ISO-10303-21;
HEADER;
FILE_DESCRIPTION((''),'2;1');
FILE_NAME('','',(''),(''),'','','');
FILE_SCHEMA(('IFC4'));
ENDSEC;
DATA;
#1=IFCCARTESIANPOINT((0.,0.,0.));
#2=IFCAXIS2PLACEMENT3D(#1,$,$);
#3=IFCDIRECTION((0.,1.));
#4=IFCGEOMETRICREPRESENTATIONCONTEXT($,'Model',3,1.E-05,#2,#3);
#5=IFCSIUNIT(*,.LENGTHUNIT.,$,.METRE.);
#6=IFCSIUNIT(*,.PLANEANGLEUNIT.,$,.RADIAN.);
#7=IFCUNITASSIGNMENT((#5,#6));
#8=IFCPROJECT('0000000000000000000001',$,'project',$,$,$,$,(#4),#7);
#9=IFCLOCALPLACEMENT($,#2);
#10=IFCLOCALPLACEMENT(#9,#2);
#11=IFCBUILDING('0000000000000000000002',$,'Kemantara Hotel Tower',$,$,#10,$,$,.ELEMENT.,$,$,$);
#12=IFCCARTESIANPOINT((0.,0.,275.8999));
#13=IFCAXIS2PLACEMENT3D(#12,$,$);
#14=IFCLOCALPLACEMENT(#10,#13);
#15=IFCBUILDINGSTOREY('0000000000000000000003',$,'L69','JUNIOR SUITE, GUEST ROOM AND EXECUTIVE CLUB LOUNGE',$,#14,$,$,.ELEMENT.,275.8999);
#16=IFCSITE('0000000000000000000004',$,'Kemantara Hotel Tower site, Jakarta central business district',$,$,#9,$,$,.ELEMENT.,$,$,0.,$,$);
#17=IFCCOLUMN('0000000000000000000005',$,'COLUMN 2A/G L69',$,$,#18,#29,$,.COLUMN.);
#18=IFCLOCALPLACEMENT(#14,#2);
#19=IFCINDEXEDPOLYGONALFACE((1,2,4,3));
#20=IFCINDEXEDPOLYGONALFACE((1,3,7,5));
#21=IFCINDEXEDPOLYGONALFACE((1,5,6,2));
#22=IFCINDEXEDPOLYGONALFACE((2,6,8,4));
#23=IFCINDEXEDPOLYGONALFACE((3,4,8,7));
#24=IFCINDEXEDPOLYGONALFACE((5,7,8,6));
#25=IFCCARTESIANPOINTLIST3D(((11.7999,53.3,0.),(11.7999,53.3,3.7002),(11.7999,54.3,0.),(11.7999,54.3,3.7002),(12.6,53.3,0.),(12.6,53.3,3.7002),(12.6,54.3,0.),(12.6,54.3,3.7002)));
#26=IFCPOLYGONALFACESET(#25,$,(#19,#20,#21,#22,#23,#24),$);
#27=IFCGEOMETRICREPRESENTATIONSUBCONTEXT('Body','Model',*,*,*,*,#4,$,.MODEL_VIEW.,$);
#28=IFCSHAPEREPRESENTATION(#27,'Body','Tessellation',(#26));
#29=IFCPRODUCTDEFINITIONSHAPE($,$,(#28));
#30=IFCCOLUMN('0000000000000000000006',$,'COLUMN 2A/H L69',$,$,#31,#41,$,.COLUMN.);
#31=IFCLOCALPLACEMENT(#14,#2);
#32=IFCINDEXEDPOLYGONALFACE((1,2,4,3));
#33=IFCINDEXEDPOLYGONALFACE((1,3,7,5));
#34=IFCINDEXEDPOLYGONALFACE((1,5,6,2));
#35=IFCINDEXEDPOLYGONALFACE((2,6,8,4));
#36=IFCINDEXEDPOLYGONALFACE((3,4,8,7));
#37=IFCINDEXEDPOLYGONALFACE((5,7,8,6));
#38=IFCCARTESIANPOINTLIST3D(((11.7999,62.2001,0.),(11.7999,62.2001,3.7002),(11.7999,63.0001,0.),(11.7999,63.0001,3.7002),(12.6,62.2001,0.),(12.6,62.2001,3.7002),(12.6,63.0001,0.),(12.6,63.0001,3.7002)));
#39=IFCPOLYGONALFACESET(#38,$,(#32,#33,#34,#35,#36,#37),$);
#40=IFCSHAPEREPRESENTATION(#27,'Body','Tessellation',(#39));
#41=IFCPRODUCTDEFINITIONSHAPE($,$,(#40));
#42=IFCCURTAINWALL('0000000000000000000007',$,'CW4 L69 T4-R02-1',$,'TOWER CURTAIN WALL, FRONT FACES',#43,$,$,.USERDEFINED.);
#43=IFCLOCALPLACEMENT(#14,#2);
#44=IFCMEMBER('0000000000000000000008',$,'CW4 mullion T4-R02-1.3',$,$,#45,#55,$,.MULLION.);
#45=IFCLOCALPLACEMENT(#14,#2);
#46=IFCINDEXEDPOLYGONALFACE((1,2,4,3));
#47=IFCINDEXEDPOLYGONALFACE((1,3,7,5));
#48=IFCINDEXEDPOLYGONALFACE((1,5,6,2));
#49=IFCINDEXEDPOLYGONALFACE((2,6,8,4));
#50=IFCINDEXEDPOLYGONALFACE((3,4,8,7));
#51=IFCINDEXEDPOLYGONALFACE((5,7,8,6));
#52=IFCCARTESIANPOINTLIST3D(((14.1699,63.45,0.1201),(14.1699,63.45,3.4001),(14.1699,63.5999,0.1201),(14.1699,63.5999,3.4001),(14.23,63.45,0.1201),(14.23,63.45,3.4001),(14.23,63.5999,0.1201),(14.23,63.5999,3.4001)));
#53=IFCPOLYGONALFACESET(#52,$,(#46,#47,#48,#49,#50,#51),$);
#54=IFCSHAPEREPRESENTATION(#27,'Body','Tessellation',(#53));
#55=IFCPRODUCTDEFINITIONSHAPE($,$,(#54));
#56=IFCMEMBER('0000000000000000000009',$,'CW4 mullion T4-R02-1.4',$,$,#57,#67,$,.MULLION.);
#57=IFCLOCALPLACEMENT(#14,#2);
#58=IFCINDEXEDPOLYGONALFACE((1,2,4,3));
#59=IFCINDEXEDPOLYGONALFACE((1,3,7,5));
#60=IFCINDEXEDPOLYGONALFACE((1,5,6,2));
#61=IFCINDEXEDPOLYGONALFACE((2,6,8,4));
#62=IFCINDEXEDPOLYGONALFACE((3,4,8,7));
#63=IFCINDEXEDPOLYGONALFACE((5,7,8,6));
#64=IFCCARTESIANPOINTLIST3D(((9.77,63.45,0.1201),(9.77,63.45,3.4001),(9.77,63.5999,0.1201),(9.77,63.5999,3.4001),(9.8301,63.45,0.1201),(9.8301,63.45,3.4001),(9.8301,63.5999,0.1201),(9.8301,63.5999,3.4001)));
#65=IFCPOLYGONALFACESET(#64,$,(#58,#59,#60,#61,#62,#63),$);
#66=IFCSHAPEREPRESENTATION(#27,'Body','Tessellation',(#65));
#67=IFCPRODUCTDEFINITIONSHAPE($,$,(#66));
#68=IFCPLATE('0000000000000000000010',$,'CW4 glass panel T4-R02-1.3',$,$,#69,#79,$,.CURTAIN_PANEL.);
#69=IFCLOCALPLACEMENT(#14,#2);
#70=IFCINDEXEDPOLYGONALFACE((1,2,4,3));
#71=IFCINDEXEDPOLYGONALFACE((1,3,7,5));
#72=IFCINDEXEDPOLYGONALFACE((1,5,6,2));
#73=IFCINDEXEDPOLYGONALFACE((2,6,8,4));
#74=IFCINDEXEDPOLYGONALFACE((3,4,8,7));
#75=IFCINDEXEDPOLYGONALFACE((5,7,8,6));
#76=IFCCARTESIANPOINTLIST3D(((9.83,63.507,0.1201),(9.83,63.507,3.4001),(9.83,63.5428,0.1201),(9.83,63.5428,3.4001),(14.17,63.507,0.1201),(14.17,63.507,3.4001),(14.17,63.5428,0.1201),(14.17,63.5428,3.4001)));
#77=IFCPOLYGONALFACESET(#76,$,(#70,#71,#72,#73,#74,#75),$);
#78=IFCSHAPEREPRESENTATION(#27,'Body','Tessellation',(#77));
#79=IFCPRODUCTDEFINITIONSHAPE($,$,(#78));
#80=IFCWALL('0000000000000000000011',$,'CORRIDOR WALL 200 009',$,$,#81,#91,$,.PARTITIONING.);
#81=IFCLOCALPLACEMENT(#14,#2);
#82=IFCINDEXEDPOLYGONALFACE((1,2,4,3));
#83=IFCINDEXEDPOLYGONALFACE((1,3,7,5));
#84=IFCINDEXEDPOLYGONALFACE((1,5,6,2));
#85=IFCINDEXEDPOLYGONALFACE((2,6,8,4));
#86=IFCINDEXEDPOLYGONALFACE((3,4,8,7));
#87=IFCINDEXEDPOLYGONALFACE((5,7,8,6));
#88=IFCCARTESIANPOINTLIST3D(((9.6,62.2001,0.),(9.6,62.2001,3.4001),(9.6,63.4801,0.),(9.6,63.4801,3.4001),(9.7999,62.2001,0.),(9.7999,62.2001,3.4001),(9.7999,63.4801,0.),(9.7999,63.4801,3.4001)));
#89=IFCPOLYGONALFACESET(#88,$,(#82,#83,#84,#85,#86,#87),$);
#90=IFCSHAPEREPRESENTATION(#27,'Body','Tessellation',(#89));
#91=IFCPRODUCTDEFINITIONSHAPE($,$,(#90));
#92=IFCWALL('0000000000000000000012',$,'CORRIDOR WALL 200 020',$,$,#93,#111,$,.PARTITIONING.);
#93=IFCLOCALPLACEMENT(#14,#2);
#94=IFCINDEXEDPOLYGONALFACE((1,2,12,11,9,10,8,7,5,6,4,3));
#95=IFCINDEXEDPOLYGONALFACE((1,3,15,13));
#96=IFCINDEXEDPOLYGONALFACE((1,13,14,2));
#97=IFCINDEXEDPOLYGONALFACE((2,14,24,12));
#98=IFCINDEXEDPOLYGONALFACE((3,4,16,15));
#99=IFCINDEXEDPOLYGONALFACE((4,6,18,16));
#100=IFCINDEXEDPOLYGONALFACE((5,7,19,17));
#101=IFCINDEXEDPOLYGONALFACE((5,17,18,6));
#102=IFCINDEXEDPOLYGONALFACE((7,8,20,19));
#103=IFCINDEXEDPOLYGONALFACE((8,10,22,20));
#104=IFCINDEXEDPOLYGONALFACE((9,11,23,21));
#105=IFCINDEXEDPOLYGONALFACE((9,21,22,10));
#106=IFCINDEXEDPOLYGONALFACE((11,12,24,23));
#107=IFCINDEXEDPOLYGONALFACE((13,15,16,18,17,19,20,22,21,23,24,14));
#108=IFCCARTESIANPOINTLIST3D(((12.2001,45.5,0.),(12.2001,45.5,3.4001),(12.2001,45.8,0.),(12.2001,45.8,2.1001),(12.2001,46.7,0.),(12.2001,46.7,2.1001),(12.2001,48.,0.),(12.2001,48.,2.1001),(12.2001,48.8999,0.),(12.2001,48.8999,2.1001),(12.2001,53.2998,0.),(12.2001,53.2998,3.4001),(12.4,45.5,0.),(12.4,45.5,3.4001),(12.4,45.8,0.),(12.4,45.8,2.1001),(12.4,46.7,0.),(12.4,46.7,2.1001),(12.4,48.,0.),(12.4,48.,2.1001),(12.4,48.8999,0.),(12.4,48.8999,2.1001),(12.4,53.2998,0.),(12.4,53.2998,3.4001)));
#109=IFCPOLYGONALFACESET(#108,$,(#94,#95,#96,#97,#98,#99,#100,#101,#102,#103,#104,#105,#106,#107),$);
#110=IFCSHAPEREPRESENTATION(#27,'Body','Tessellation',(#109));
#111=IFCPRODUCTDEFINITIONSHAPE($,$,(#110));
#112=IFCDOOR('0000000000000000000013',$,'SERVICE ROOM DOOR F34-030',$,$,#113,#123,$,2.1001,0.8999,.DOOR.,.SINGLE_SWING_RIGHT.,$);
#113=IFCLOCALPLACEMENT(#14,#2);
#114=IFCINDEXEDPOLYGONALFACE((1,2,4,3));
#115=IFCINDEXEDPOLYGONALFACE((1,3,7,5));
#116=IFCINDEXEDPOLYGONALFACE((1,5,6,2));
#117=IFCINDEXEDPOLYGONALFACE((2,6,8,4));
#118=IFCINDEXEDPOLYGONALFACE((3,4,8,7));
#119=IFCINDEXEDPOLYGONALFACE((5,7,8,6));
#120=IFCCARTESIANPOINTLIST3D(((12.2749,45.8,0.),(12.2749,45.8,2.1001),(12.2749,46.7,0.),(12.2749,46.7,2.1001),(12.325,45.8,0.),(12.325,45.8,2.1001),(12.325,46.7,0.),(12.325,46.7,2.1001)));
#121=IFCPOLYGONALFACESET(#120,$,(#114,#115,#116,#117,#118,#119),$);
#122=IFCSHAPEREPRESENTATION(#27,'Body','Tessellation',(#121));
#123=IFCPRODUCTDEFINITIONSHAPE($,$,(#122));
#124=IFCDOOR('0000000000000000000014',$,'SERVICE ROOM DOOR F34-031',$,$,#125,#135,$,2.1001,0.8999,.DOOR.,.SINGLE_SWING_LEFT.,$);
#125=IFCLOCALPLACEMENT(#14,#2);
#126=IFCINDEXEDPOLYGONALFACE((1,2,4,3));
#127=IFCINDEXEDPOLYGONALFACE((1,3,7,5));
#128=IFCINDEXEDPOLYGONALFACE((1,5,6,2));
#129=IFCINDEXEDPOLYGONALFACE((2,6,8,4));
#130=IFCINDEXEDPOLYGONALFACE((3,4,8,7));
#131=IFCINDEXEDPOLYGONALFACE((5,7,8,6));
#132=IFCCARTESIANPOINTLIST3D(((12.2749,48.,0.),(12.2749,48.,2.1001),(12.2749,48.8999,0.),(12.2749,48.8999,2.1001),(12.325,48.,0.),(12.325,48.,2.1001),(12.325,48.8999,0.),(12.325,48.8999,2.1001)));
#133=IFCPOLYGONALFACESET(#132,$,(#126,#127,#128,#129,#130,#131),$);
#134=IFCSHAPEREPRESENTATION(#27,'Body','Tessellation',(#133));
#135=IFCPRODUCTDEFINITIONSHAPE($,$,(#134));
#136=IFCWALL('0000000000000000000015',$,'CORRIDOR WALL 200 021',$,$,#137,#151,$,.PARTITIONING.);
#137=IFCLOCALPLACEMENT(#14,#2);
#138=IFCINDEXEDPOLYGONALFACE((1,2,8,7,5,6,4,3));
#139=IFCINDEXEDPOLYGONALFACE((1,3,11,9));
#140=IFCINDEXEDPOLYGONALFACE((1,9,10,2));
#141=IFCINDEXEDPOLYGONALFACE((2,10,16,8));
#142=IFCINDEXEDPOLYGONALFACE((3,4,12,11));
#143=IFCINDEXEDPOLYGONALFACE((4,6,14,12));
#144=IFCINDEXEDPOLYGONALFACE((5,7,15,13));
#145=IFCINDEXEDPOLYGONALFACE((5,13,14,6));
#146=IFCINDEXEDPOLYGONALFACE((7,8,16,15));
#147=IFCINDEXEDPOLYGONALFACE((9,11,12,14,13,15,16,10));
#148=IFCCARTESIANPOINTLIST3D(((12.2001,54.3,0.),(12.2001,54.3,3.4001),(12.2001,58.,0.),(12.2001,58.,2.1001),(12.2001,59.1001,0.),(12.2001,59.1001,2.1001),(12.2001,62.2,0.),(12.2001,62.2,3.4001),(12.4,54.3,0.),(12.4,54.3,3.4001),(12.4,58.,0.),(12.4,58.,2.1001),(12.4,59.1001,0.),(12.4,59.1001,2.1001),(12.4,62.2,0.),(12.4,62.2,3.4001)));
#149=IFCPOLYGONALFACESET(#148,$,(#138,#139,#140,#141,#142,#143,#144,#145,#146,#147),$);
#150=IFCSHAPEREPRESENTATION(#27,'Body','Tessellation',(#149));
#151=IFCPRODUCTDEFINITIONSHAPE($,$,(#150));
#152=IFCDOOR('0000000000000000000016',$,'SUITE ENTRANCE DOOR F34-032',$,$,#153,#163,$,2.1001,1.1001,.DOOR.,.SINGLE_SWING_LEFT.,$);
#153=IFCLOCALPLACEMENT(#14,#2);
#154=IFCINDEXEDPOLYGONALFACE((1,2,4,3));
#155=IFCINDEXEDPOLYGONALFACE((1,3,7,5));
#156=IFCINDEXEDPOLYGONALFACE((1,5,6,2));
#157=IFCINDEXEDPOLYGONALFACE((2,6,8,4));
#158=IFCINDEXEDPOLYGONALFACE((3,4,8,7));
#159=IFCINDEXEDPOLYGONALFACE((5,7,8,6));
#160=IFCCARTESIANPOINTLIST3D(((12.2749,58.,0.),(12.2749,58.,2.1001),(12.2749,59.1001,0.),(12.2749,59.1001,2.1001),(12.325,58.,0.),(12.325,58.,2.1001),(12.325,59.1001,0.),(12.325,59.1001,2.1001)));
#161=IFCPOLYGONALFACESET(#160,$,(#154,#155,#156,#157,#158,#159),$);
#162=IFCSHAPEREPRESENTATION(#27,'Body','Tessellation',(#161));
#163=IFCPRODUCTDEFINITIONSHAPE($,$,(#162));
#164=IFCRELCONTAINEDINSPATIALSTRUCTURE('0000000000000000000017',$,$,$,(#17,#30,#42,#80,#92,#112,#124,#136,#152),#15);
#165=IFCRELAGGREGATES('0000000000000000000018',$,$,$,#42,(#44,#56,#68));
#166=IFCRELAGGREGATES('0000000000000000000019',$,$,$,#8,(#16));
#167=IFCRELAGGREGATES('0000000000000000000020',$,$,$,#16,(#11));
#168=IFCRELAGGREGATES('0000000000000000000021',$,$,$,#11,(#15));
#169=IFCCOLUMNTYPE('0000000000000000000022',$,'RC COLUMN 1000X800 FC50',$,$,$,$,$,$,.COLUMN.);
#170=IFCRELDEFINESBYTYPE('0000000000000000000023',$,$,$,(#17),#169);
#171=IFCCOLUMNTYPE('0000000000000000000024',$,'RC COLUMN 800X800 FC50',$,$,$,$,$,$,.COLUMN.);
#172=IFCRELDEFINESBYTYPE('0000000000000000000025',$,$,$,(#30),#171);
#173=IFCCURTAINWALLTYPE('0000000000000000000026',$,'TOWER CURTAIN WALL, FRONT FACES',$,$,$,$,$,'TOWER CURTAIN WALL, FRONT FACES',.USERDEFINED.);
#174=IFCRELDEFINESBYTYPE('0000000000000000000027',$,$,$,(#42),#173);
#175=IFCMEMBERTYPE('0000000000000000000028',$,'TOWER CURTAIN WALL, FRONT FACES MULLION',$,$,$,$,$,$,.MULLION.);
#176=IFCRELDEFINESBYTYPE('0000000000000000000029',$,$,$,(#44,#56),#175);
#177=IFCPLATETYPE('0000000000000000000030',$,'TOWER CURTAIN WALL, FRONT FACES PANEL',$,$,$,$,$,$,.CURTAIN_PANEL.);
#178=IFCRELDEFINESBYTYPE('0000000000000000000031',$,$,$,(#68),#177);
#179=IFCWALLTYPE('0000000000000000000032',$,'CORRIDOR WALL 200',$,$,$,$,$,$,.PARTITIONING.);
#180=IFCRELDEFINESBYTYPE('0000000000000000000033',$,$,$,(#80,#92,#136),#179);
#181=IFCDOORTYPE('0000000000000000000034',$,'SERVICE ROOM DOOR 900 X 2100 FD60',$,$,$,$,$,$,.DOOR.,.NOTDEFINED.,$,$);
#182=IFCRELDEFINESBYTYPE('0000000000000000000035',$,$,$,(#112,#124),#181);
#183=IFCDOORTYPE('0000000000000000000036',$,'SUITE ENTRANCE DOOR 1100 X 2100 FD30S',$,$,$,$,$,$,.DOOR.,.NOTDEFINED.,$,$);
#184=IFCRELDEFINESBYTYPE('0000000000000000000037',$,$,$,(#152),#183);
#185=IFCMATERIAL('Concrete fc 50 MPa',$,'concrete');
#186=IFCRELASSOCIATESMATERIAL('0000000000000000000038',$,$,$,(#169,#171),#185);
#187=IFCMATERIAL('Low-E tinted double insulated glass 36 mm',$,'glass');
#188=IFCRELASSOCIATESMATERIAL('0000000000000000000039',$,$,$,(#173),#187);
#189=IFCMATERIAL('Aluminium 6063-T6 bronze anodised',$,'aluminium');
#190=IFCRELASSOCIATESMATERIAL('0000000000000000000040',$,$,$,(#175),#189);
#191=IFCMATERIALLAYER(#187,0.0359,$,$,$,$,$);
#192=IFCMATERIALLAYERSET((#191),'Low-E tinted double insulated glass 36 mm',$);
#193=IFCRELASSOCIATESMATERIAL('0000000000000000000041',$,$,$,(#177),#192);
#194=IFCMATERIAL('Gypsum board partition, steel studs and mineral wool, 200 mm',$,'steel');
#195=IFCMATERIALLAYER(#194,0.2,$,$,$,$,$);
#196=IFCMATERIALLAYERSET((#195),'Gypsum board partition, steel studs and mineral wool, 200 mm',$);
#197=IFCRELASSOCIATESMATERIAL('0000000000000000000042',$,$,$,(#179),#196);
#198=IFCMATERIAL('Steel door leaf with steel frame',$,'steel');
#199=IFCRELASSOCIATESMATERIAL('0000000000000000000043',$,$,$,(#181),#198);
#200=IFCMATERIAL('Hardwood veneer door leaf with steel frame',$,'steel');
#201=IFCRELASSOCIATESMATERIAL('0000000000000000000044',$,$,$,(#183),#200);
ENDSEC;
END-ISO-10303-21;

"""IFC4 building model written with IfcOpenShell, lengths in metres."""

from ifc_helpers import new_model, si_unit, direction, frame, frame_2d, origin, origin_2d, place, context, subcontext, project, spatial, rectangle, extrude, source, transform, mapped, material, layer, layer_set, material_profile, profile_set, type_object, element, fill, aggregate, save


model = new_model("IFC4")

# Units and contexts
model_context = context("Model", 3, precision=1e-05, world=origin(), true_north=direction((0.0, 1.0)))
body_context = subcontext(model_context, "Body", "Model", "MODEL_VIEW")
ifc_project = project(units=[si_unit("LENGTHUNIT", "METRE"), si_unit("PLANEANGLEUNIT", "RADIAN")], contexts=[model_context])

# Site, building, storey
site_placement = place(None, origin())
site = spatial("IfcSite", under=ifc_project, at=site_placement, Name="Kemantara Hotel Tower site, Jakarta central business district", CompositionType="ELEMENT", RefElevation=0.0)
building_placement = place(site_placement, origin())
building = spatial("IfcBuilding", under=site, at=building_placement, Name="Kemantara Hotel Tower", CompositionType="ELEMENT")
storey_placement = place(building_placement, frame((0.0, 0.0, 275.8999)))
storey = spatial("IfcBuildingStorey", under=building, at=storey_placement, Name="L69", Description="JUNIOR SUITE, GUEST ROOM AND EXECUTIVE CLUB LOUNGE", CompositionType="ELEMENT", Elevation=275.8999)

# Columns
ifc_material_1 = material(Name="Concrete fc 50 MPa", Category="concrete")
ifc_material_profile_1 = material_profile(ifc_material_1, rectangle(XDim=1.0, YDim=0.8, at=origin_2d()), Name="RC 1000X800")
ifc_profile_set_1 = profile_set([ifc_material_profile_1], Name="Concrete fc 50 MPa")
column_type_1 = type_object("IfcColumnType", Name="RC COLUMN 1000X800 FC50", PredefinedType="COLUMN", material=ifc_profile_set_1)
column_1_placement = place(storey_placement, frame((12.2, 53.8, 0.0), z_axis=(0.0, 0.0, 1.0), x_axis=(0.0, 1.0, 0.0)))
element("IfcColumn", 1, at=column_1_placement, inside=storey, type_object=column_type_1, Name="COLUMN 2A/G L69", PredefinedType="COLUMN", context=body_context, shape_type="SweptSolid", body=[
    extrude(rectangle(XDim=1.0, YDim=0.8, at=origin_2d()), origin(), (0.0, 0.0, 1.0), 3.7002),
])
ifc_material_profile_2 = material_profile(ifc_material_1, rectangle(XDim=0.8, YDim=0.8, at=origin_2d()), Name="RC 800X800")
ifc_profile_set_2 = profile_set([ifc_material_profile_2], Name="Concrete fc 50 MPa")
column_type_2 = type_object("IfcColumnType", Name="RC COLUMN 800X800 FC50", PredefinedType="COLUMN", material=ifc_profile_set_2)
column_2_placement = place(storey_placement, frame((12.2, 62.6001, 0.0), z_axis=(0.0, 0.0, 1.0), x_axis=(1.0, 0.0, 0.0)))
element("IfcColumn", 2, at=column_2_placement, inside=storey, type_object=column_type_2, Name="COLUMN 2A/H L69", PredefinedType="COLUMN", context=body_context, shape_type="SweptSolid", body=[
    extrude(rectangle(XDim=0.8, YDim=0.8, at=origin_2d()), origin(), (0.0, 0.0, 1.0), 3.7002),
])

# Curtain wall, members, plate
ifc_material_2 = material(Name="Low-E tinted double insulated glass 36 mm", Category="glass")
curtain_wall_type = type_object("IfcCurtainWallType", Name="TOWER CURTAIN WALL, FRONT FACES", ElementType="TOWER CURTAIN WALL, FRONT FACES", PredefinedType="USERDEFINED", material=ifc_material_2)
curtain_wall_placement = place(storey_placement, origin())
curtain_wall = element("IfcCurtainWall", 3, at=curtain_wall_placement, inside=storey, type_object=curtain_wall_type, Name="CW4 L69 T4-R02-1", ObjectType="TOWER CURTAIN WALL, FRONT FACES", PredefinedType="USERDEFINED")
ifc_material_3 = material(Name="Aluminium 6063-T6 bronze anodised", Category="aluminium")
ifc_material_profile_3 = material_profile(ifc_material_3, rectangle(XDim=0.1499, YDim=0.0601, at=origin_2d()), Name="TOWER CURTAIN WALL, FRONT FACES MULLION")
ifc_profile_set_3 = profile_set([ifc_material_profile_3], Name="Aluminium 6063-T6 bronze anodised")
member_type = type_object("IfcMemberType", Name="TOWER CURTAIN WALL, FRONT FACES MULLION", PredefinedType="MULLION", material=ifc_profile_set_3)
shared_shape_1 = source(origin(), body_context, "Body", "SweptSolid", [
    extrude(rectangle(XDim=0.1499, YDim=0.0601, at=origin_2d()), origin(), (0.0, 0.0, 1.0), 3.28),
])
member_1_placement = place(storey_placement, frame((14.2, 63.5249, 0.1201), z_axis=(0.0, 0.0, 1.0), x_axis=(0.0, -1.0, 0.0)))
member_1 = element("IfcMember", 4, at=member_1_placement, type_object=member_type, Name="CW4 mullion T4-R02-1.3", PredefinedType="MULLION", context=body_context, shape_type="MappedRepresentation", body=[
    mapped(shared_shape_1, transform((0.0, 0.0, 0.0))),
])
member_2_placement = place(storey_placement, frame((9.8, 63.5249, 0.1201), z_axis=(0.0, 0.0, 1.0), x_axis=(0.0, -1.0, 0.0)))
member_2 = element("IfcMember", 5, at=member_2_placement, type_object=member_type, Name="CW4 mullion T4-R02-1.4", PredefinedType="MULLION", context=body_context, shape_type="MappedRepresentation", body=[
    mapped(shared_shape_1, transform((0.0, 0.0, 0.0))),
])
ifc_layer_1 = layer(ifc_material_2, 0.0359)
ifc_layer_set_1 = layer_set([ifc_layer_1], Name="Low-E tinted double insulated glass 36 mm")
plate_type = type_object("IfcPlateType", Name="TOWER CURTAIN WALL, FRONT FACES PANEL", PredefinedType="CURTAIN_PANEL", material=ifc_layer_set_1)
shared_shape_2 = source(origin(), body_context, "Body", "SweptSolid", [
    extrude(rectangle(XDim=4.3401, YDim=0.0359, at=origin_2d()), origin(), (0.0, 0.0, 1.0), 3.28),
])
plate_placement = place(storey_placement, frame((12.0, 63.5249, 0.1201), z_axis=(0.0, 0.0, 1.0), x_axis=(-1.0, 0.0, 0.0)))
plate = element("IfcPlate", 6, at=plate_placement, type_object=plate_type, Name="CW4 glass panel T4-R02-1.3", PredefinedType="CURTAIN_PANEL", context=body_context, shape_type="MappedRepresentation", body=[
    mapped(shared_shape_2, transform((0.0, 0.0, 0.0))),
])
aggregate(curtain_wall, [member_1, member_2, plate])

# Wall
ifc_material_4 = material(Name="Gypsum board partition, steel studs and mineral wool, 200 mm", Category="steel")
ifc_layer_2 = layer(ifc_material_4, 0.2)
ifc_layer_set_2 = layer_set([ifc_layer_2], Name="Gypsum board partition, steel studs and mineral wool, 200 mm")
wall_type_1 = type_object("IfcWallType", Name="CORRIDOR WALL 200", PredefinedType="PARTITIONING", material=ifc_layer_set_2)
wall_1_placement = place(storey_placement, frame((9.7, 62.2, 0.0), z_axis=(0.0, 0.0, 1.0), x_axis=(0.0, 1.0, 0.0)))
element("IfcWall", 7, at=wall_1_placement, inside=storey, type_object=wall_type_1, Name="CORRIDOR WALL 200 009", PredefinedType="PARTITIONING", context=body_context, shape_type="SweptSolid", body=[
    extrude(rectangle(XDim=1.28, YDim=0.2, at=frame_2d((0.6401, 0.0))), origin(), (0.0, 0.0, 1.0), 3.4001),
])

# Wall, openings, doors
wall_2_placement = place(storey_placement, frame((12.3, 53.2998, 0.0), z_axis=(0.0, 0.0, 1.0), x_axis=(0.0, -1.0, 0.0)))
wall_2 = element("IfcWall", 8, at=wall_2_placement, inside=storey, type_object=wall_type_1, Name="CORRIDOR WALL 200 020", PredefinedType="PARTITIONING", context=body_context, shape_type="SweptSolid", body=[
    extrude(rectangle(XDim=7.7998, YDim=0.2, at=frame_2d((3.8999, 0.0))), origin(), (0.0, 0.0, 1.0), 3.4001),
])
opening_1_placement = place(wall_2_placement, frame((6.5999, 0.0, 0.0)))
opening_1 = element("IfcOpeningElement", 9, at=opening_1_placement, cuts=wall_2, PredefinedType="OPENING", context=body_context, shape_type="SweptSolid", body=[
    extrude(rectangle(XDim=0.8999, YDim=2.1001, at=frame_2d((0.45, 1.05))), frame((0.0, 0.1099, 0.0), z_axis=(0.0, -1.0, 0.0), x_axis=(1.0, 0.0, 0.0)), (0.0, 0.0, 1.0), 0.22),
])
opening_2_placement = place(wall_2_placement, frame((4.3999, 0.0, 0.0)))
opening_2 = element("IfcOpeningElement", 10, at=opening_2_placement, cuts=wall_2, PredefinedType="OPENING", context=body_context, shape_type="SweptSolid", body=[
    extrude(rectangle(XDim=0.8999, YDim=2.1001, at=frame_2d((0.45, 1.05))), frame((0.0, 0.1099, 0.0), z_axis=(0.0, -1.0, 0.0), x_axis=(1.0, 0.0, 0.0)), (0.0, 0.0, 1.0), 0.22),
])
ifc_material_5 = material(Name="Steel door leaf with steel frame", Category="steel")
door_type_1 = type_object("IfcDoorType", Name="SERVICE ROOM DOOR 900 X 2100 FD60", OperationType="NOTDEFINED", PredefinedType="DOOR", material=ifc_material_5)
door_1_placement = place(opening_1_placement, origin())
door_1 = element("IfcDoor", 11, at=door_1_placement, inside=storey, type_object=door_type_1, Name="SERVICE ROOM DOOR F34-030", OperationType="SINGLE_SWING_RIGHT", OverallHeight=2.1001, OverallWidth=0.8999, PredefinedType="DOOR", context=body_context, shape_type="SweptSolid", body=[
    extrude(rectangle(XDim=0.8999, YDim=2.1001, at=frame_2d((0.45, 1.05))), frame((0.0, 0.0249, 0.0), z_axis=(0.0, -1.0, 0.0), x_axis=(1.0, 0.0, 0.0)), (0.0, 0.0, 1.0), 0.05),
])
fill(opening_1, door_1)
door_2_placement = place(opening_2_placement, origin())
door_2 = element("IfcDoor", 12, at=door_2_placement, inside=storey, type_object=door_type_1, Name="SERVICE ROOM DOOR F34-031", OperationType="SINGLE_SWING_LEFT", OverallHeight=2.1001, OverallWidth=0.8999, PredefinedType="DOOR", context=body_context, shape_type="SweptSolid", body=[
    extrude(rectangle(XDim=0.8999, YDim=2.1001, at=frame_2d((0.45, 1.05))), frame((0.0, 0.0249, 0.0), z_axis=(0.0, -1.0, 0.0), x_axis=(1.0, 0.0, 0.0)), (0.0, 0.0, 1.0), 0.05),
])
fill(opening_2, door_2)

# Wall, opening, door
wall_3_placement = place(storey_placement, frame((12.3, 62.2, 0.0), z_axis=(0.0, 0.0, 1.0), x_axis=(0.0, -1.0, 0.0)))
wall_3 = element("IfcWall", 13, at=wall_3_placement, inside=storey, type_object=wall_type_1, Name="CORRIDOR WALL 200 021", PredefinedType="PARTITIONING", context=body_context, shape_type="SweptSolid", body=[
    extrude(rectangle(XDim=7.8999, YDim=0.2, at=frame_2d((3.95, 0.0))), origin(), (0.0, 0.0, 1.0), 3.4001),
])
opening_3_placement = place(wall_3_placement, frame((3.0999, 0.0, 0.0)))
opening_3 = element("IfcOpeningElement", 14, at=opening_3_placement, cuts=wall_3, PredefinedType="OPENING", context=body_context, shape_type="SweptSolid", body=[
    extrude(rectangle(XDim=1.1001, YDim=2.1001, at=frame_2d((0.55, 1.05))), frame((0.0, 0.1099, 0.0), z_axis=(0.0, -1.0, 0.0), x_axis=(1.0, 0.0, 0.0)), (0.0, 0.0, 1.0), 0.22),
])
ifc_material_6 = material(Name="Hardwood veneer door leaf with steel frame", Category="steel")
door_type_2 = type_object("IfcDoorType", Name="SUITE ENTRANCE DOOR 1100 X 2100 FD30S", OperationType="NOTDEFINED", PredefinedType="DOOR", material=ifc_material_6)
door_3_placement = place(opening_3_placement, origin())
door_3 = element("IfcDoor", 15, at=door_3_placement, inside=storey, type_object=door_type_2, Name="SUITE ENTRANCE DOOR F34-032", OperationType="SINGLE_SWING_LEFT", OverallHeight=2.1001, OverallWidth=1.1001, PredefinedType="DOOR", context=body_context, shape_type="SweptSolid", body=[
    extrude(rectangle(XDim=1.1001, YDim=2.1001, at=frame_2d((0.55, 1.05))), frame((0.0, 0.0249, 0.0), z_axis=(0.0, -1.0, 0.0), x_axis=(1.0, 0.0, 0.0)), (0.0, 0.0, 1.0), 0.05),
])
fill(opening_3, door_3)

save(model, "model.ifc")
